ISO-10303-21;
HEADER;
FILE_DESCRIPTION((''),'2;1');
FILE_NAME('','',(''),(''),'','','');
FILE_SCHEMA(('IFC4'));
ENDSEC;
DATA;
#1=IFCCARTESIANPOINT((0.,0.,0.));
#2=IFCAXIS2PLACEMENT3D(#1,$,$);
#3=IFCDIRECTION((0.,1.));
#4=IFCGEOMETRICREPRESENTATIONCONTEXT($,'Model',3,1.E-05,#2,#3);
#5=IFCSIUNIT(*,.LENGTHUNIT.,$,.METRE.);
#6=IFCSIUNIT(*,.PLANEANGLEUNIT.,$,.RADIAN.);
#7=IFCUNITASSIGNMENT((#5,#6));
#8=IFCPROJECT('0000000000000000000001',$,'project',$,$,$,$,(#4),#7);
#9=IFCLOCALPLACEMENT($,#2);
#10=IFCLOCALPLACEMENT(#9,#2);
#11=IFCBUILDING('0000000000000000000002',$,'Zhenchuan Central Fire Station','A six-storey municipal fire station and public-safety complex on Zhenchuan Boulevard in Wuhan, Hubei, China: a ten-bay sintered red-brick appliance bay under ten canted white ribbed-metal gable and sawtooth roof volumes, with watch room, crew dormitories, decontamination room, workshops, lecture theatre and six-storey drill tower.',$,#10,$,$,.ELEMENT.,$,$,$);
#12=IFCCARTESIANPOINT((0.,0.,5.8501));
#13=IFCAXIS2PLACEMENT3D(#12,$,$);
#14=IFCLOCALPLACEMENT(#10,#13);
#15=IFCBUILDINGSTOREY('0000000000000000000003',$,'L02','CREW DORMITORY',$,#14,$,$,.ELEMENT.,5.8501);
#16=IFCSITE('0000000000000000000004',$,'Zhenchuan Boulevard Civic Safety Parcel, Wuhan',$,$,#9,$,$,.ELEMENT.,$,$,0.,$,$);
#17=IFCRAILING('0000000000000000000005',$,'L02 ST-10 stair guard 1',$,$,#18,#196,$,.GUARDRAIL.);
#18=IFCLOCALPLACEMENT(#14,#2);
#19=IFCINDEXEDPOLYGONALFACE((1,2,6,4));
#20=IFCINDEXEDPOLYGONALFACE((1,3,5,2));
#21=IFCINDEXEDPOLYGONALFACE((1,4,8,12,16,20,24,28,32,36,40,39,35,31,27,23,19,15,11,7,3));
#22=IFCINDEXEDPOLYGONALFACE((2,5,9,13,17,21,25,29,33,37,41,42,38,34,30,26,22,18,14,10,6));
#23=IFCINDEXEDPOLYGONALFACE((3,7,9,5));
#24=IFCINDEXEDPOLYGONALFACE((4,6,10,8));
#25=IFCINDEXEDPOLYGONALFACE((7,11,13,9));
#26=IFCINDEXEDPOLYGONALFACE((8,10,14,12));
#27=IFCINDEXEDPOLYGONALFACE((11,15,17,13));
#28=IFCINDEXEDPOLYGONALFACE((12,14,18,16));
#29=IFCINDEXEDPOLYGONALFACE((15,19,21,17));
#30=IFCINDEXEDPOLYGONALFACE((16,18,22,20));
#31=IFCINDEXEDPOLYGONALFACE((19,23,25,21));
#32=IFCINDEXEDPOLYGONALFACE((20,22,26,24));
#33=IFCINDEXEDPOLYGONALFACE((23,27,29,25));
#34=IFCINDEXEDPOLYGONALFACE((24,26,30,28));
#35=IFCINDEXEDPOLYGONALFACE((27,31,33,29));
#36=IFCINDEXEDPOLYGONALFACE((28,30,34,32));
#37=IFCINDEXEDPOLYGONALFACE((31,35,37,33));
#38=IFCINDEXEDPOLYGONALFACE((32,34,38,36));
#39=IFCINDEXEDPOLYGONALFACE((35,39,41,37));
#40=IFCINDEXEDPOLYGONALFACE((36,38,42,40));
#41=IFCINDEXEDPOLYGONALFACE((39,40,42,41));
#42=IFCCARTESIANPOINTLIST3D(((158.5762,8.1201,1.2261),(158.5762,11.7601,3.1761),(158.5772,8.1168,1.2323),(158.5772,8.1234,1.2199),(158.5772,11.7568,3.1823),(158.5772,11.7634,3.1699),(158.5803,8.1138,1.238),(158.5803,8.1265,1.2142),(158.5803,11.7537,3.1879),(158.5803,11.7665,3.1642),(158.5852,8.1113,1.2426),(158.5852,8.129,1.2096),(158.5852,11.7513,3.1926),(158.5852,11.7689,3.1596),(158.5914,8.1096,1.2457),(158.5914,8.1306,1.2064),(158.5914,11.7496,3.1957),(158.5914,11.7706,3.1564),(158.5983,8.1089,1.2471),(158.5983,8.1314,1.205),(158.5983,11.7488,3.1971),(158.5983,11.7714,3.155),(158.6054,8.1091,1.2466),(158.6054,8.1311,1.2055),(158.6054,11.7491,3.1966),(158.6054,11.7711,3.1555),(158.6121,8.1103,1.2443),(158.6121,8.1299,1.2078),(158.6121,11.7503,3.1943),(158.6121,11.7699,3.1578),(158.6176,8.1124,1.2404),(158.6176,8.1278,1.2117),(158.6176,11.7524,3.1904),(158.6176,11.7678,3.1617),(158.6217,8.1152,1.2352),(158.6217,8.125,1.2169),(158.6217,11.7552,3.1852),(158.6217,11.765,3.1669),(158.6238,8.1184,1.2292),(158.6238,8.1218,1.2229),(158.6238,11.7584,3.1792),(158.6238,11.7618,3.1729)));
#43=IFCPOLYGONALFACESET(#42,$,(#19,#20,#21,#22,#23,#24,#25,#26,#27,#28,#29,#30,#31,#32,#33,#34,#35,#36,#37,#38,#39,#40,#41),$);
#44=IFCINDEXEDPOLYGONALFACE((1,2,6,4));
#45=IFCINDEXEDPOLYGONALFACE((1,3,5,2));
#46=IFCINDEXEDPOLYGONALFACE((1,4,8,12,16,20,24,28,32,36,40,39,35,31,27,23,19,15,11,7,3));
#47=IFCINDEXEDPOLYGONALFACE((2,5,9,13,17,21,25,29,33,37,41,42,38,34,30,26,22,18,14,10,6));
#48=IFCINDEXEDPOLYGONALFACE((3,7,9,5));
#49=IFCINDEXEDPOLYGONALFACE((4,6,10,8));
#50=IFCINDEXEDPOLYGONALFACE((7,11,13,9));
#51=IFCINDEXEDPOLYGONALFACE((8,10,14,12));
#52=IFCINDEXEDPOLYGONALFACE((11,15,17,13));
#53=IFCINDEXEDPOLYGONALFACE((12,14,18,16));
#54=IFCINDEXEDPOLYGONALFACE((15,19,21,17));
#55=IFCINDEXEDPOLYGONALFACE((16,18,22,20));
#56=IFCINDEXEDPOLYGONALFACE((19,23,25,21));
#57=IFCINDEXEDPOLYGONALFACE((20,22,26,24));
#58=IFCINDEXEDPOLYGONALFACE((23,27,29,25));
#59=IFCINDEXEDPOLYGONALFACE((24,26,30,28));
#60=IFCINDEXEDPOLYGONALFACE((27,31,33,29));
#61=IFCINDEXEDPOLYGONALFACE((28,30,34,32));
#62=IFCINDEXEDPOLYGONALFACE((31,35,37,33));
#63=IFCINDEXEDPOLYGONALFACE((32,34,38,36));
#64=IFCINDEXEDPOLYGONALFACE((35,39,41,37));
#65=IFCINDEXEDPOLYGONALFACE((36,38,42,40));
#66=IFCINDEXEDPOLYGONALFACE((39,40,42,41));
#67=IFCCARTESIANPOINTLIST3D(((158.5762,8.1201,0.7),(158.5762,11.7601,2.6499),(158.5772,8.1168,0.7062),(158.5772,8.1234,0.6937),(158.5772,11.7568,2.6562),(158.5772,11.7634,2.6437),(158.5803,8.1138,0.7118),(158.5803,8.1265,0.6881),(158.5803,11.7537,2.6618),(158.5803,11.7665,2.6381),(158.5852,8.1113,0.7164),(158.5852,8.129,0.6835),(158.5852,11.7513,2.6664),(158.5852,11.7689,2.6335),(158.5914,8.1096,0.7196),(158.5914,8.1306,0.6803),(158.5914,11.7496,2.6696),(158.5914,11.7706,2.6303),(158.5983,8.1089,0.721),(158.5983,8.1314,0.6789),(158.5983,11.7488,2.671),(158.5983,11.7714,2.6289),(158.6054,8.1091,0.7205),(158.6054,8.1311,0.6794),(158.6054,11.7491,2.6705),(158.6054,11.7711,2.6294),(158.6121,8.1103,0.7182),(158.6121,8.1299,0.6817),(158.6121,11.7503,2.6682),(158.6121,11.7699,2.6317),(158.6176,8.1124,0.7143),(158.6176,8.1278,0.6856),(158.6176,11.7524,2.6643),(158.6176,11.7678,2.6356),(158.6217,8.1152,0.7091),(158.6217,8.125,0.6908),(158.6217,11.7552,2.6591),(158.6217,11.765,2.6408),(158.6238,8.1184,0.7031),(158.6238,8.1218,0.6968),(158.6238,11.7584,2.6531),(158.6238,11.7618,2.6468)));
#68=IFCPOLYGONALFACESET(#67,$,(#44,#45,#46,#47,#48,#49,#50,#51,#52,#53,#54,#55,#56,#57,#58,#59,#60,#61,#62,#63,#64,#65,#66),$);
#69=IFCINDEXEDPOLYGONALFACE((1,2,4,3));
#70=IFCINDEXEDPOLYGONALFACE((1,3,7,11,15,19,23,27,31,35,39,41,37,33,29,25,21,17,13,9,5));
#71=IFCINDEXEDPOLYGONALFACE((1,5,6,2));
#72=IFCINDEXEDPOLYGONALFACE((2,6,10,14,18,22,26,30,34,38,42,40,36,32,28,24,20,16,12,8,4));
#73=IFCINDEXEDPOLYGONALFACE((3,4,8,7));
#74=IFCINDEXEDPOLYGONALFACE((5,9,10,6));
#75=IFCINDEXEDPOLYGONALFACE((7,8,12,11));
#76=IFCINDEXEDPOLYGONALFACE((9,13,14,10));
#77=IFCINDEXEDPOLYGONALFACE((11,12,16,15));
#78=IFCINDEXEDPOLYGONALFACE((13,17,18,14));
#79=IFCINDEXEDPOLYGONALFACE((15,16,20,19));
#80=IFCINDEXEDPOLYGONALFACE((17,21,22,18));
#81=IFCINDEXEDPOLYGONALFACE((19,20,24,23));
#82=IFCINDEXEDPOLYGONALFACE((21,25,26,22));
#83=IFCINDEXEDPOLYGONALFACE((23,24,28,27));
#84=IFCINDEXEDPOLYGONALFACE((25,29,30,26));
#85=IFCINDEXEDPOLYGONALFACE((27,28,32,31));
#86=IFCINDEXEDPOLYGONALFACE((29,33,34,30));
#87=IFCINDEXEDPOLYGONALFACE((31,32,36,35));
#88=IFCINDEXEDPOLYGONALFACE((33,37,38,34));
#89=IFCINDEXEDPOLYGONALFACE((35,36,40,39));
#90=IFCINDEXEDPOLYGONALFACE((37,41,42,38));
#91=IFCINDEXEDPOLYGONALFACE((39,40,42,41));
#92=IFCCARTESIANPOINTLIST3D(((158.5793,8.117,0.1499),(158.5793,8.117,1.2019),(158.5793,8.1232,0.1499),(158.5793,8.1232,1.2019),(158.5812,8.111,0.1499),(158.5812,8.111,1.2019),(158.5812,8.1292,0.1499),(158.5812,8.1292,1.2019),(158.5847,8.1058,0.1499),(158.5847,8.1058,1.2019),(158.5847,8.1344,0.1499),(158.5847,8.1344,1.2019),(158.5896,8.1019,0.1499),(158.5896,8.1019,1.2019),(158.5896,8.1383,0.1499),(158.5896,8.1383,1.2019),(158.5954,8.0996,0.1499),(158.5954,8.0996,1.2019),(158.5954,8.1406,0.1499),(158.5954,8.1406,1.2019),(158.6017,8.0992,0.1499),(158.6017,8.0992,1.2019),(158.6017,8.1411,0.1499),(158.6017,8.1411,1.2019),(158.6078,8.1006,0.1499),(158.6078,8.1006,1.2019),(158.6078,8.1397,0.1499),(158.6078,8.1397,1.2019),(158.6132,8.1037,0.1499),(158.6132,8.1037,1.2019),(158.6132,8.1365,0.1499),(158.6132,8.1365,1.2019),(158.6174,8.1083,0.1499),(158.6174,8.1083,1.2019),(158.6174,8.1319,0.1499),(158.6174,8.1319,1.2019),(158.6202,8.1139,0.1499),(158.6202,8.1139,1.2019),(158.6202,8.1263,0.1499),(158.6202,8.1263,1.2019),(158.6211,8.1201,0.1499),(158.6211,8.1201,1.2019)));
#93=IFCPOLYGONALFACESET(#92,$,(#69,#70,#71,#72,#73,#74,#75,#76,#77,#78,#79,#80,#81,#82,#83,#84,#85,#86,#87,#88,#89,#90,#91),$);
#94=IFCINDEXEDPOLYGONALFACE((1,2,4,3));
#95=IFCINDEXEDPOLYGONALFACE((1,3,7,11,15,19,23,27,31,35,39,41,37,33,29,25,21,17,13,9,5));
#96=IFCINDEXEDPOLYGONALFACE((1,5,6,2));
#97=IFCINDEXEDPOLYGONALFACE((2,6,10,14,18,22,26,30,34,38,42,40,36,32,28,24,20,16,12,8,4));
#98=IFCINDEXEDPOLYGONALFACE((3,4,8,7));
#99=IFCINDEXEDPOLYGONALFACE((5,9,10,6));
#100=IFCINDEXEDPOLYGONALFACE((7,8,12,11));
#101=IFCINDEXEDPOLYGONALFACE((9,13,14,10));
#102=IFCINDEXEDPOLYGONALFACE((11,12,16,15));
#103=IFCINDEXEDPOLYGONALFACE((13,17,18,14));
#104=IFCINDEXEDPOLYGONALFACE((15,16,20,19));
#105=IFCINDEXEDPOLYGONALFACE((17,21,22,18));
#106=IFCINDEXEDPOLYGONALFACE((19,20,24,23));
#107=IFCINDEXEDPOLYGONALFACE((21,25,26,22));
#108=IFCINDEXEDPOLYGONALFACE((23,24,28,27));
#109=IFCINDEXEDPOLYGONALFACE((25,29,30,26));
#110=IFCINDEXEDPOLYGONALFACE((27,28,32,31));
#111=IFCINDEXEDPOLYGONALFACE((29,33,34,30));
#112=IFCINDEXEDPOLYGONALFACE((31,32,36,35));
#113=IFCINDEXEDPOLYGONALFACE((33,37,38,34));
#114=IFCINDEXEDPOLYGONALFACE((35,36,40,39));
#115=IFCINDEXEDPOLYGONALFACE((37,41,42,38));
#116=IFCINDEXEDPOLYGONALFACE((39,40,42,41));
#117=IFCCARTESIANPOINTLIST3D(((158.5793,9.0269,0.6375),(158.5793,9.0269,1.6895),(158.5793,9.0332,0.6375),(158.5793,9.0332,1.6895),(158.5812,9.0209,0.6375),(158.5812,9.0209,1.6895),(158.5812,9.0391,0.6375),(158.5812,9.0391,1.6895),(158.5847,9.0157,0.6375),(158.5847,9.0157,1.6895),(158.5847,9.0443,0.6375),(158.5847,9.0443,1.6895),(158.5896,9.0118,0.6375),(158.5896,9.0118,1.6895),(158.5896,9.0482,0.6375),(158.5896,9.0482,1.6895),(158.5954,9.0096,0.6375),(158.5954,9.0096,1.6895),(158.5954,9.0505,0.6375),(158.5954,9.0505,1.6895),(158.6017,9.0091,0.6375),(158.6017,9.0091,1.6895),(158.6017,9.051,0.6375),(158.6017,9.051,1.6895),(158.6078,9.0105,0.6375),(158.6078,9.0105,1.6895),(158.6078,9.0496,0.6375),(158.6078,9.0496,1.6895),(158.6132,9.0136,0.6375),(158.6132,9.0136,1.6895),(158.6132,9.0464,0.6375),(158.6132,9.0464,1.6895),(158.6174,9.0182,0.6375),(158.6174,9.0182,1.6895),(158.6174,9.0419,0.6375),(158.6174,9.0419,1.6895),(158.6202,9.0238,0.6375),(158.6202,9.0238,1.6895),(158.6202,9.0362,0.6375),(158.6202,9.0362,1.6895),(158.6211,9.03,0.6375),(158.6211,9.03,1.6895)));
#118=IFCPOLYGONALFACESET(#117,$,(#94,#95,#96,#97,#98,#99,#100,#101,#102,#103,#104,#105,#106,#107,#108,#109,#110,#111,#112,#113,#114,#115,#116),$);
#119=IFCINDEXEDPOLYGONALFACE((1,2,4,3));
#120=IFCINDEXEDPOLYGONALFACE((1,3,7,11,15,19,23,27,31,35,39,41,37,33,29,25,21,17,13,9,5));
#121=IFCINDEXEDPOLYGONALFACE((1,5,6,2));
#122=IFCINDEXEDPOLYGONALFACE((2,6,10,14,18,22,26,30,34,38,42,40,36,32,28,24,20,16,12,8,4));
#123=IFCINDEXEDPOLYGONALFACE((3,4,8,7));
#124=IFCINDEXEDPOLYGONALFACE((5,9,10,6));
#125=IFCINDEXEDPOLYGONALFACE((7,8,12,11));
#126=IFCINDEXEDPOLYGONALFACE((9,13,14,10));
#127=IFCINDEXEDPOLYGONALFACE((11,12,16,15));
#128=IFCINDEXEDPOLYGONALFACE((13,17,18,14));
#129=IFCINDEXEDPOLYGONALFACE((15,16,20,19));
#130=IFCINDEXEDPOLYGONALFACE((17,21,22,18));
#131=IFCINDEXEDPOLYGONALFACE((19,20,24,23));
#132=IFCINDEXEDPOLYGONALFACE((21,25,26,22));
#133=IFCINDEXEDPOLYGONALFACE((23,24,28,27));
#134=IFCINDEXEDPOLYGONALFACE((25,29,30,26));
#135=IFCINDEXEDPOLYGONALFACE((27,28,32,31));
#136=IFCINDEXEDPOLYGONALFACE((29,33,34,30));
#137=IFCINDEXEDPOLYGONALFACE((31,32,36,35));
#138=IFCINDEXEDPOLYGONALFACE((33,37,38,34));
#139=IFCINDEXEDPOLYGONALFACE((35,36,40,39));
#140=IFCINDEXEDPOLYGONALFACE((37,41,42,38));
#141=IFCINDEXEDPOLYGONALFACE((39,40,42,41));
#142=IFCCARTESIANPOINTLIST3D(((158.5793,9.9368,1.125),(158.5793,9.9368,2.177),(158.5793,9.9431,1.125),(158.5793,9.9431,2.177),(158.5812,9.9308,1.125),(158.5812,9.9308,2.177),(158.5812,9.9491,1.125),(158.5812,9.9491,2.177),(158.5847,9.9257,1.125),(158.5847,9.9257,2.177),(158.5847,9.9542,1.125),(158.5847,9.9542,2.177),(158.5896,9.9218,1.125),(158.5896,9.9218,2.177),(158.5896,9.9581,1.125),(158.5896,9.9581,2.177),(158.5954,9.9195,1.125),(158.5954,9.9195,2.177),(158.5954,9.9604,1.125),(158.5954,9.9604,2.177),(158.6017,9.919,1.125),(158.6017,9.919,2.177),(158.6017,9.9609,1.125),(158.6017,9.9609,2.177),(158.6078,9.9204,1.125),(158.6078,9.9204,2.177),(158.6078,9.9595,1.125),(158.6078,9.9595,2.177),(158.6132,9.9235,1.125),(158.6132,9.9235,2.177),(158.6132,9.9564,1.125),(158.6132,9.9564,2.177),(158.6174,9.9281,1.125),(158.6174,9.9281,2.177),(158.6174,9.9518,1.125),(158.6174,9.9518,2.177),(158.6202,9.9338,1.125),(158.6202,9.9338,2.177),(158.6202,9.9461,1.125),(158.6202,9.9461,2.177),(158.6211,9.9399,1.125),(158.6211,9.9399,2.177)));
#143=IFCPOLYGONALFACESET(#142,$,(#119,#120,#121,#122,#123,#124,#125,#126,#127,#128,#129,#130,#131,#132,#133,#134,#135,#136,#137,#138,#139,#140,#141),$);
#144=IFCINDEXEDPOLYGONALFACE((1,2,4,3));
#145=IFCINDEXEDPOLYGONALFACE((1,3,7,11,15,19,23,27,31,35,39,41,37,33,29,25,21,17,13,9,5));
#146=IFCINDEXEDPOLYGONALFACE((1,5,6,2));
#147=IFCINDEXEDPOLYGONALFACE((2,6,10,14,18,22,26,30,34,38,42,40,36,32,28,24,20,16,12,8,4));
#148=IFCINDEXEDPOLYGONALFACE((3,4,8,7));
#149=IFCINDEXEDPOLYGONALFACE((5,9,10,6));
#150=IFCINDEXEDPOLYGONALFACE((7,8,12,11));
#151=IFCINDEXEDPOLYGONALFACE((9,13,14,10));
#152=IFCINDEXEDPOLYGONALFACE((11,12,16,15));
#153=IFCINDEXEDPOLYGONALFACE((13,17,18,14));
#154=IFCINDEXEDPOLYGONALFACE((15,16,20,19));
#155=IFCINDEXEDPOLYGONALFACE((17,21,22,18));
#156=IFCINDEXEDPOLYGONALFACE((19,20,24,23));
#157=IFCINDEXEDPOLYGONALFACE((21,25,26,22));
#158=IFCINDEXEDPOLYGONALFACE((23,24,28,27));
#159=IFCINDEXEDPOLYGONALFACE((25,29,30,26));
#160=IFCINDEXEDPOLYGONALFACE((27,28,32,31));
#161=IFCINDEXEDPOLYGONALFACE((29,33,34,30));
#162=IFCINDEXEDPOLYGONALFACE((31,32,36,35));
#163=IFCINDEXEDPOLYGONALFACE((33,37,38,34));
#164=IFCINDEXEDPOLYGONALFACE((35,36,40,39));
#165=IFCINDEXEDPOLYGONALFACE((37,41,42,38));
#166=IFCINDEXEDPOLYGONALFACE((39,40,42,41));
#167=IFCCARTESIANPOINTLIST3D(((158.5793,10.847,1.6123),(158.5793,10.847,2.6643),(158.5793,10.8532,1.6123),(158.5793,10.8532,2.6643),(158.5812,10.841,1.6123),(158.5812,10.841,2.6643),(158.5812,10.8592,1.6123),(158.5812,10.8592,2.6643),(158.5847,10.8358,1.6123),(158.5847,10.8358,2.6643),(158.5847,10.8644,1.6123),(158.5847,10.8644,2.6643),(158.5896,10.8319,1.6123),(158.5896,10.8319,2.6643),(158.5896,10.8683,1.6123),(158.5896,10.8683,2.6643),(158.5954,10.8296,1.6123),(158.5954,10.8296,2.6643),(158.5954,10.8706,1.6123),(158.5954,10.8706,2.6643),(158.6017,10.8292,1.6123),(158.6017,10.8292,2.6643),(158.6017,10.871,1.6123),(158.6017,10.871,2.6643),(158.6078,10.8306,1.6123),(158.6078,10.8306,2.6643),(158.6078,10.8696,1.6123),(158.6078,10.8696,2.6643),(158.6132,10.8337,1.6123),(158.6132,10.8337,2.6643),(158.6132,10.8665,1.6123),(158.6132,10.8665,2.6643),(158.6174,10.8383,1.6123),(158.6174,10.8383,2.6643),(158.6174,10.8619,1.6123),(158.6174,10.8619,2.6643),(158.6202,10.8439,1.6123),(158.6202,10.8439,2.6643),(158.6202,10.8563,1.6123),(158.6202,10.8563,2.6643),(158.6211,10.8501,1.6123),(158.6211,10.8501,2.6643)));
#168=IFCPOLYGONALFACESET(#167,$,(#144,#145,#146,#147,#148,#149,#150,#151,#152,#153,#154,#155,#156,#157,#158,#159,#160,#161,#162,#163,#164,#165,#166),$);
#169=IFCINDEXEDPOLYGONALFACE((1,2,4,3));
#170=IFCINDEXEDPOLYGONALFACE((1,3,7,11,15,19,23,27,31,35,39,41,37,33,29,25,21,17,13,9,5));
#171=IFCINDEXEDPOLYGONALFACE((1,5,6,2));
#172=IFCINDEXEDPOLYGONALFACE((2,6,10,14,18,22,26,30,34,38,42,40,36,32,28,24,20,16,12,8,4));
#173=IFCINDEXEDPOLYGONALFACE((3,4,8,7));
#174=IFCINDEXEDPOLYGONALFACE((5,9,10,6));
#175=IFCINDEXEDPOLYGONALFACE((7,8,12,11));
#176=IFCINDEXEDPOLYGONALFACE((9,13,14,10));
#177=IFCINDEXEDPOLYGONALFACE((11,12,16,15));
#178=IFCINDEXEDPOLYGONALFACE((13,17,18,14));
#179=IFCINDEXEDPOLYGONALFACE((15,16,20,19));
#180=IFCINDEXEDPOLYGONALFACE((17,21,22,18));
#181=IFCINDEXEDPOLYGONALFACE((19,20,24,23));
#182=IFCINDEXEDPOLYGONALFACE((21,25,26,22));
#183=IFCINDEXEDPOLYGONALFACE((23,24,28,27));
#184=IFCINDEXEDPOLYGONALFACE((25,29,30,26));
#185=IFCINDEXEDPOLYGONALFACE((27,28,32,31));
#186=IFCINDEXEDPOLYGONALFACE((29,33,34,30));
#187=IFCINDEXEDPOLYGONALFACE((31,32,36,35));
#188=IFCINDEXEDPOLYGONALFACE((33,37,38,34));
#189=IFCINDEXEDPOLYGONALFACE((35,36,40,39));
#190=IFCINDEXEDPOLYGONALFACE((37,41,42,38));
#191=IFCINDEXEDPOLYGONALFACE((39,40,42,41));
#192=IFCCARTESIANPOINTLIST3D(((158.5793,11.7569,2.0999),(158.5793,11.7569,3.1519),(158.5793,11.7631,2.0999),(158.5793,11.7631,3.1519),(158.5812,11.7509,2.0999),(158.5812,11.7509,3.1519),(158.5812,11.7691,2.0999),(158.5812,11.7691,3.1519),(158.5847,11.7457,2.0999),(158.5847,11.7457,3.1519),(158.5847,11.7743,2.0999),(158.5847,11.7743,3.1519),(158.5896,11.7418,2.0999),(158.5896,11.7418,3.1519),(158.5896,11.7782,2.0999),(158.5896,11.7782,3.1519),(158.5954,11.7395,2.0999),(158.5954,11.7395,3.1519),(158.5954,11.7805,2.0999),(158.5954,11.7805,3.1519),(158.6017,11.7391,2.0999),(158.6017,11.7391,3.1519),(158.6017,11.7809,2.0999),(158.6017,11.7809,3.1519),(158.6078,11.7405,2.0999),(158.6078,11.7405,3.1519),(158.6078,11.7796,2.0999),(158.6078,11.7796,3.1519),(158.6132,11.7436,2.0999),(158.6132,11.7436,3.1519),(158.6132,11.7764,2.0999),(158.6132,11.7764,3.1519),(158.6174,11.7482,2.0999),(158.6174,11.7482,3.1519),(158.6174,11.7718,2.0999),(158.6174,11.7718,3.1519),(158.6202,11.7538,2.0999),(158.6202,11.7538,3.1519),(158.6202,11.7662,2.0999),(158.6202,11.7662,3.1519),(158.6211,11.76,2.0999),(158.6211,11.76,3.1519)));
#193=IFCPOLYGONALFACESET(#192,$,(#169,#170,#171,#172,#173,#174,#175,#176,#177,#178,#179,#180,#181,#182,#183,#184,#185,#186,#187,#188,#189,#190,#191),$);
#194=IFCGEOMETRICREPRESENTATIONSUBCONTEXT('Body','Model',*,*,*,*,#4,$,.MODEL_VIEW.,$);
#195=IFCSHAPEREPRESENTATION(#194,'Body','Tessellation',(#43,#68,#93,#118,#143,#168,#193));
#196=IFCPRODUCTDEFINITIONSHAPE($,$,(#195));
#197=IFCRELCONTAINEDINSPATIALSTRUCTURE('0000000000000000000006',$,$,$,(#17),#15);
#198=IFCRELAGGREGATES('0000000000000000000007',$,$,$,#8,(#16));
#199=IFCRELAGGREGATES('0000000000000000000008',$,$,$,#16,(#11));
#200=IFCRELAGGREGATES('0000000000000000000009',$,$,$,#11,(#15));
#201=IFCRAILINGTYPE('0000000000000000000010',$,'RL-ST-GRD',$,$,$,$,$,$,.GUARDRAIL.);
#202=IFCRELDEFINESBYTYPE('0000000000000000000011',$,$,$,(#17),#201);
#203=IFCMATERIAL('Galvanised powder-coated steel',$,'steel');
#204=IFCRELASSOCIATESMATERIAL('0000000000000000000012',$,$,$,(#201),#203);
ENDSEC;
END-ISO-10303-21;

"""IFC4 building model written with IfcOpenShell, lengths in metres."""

from ifc_helpers import new_model, si_unit, direction, frame, origin, origin_2d, place, context, subcontext, project, spatial, circle, extrude, material, type_object, element, save


model = new_model("IFC4")

# Units and contexts
model_context = context("Model", 3, precision=1e-05, world=origin(), true_north=direction((0.0, 1.0)))
body_context = subcontext(model_context, "Body", "Model", "MODEL_VIEW")
ifc_project = project(units=[si_unit("LENGTHUNIT", "METRE"), si_unit("PLANEANGLEUNIT", "RADIAN")], contexts=[model_context])

# Site, building, storey
site_placement = place(None, origin())
site = spatial("IfcSite", under=ifc_project, at=site_placement, Name="Zhenchuan Boulevard Civic Safety Parcel, Wuhan", CompositionType="ELEMENT", RefElevation=0.0)
building_placement = place(site_placement, origin())
building = spatial("IfcBuilding", under=site, at=building_placement, Name="Zhenchuan Central Fire Station", Description="A six-storey municipal fire station and public-safety complex on Zhenchuan Boulevard in Wuhan, Hubei, China: a ten-bay sintered red-brick appliance bay under ten canted white ribbed-metal gable and sawtooth roof volumes, with watch room, crew dormitories, decontamination room, workshops, lecture theatre and six-storey drill tower.", CompositionType="ELEMENT")
storey_placement = place(building_placement, frame((0.0, 0.0, 5.8501)))
storey = spatial("IfcBuildingStorey", under=building, at=storey_placement, Name="L02", Description="CREW DORMITORY", CompositionType="ELEMENT", Elevation=5.8501)

# Railing
ifc_material_1 = material(Name="Galvanised powder-coated steel", Category="steel")
railing_type_1 = type_object("IfcRailingType", Name="RL-ST-GRD", PredefinedType="GUARDRAIL", material=ifc_material_1)
railing_1_placement = place(storey_placement, frame((158.6001, 8.1201, 0.1499)))
element("IfcRailing", 1, at=railing_1_placement, inside=storey, type_object=railing_type_1, Name="L02 ST-10 stair guard 1", PredefinedType="GUARDRAIL", context=body_context, shape_type="SweptSolid", body=[
    extrude(circle(Radius=0.0239, at=origin_2d()), frame((0.0, 0.0, 1.0762), z_axis=(0.0, 0.881479, 0.472223), x_axis=(-1.0, 0.0, 0.0)), (0.0, 0.0, 1.0), 4.1294),
    extrude(circle(Radius=0.0239, at=origin_2d()), frame((0.0, 0.0, 0.55), z_axis=(0.0, 0.881479, 0.472223), x_axis=(-1.0, 0.0, 0.0)), (0.0, 0.0, 1.0), 4.1294),
    extrude(circle(Radius=0.021, at=origin_2d()), origin(), (0.0, 0.0, 1.0), 1.052),
    extrude(circle(Radius=0.021, at=origin_2d()), frame((0.0, 0.9099, 0.4875)), (0.0, 0.0, 1.0), 1.052),
    extrude(circle(Radius=0.021, at=origin_2d()), frame((0.0, 1.8198, 0.9751)), (0.0, 0.0, 1.0), 1.052),
    extrude(circle(Radius=0.021, at=origin_2d()), frame((0.0, 2.73, 1.4624)), (0.0, 0.0, 1.0), 1.052),
    extrude(circle(Radius=0.021, at=origin_2d()), frame((0.0, 3.6399, 1.95)), (0.0, 0.0, 1.0), 1.052),
])

save(model, "model.ifc")
